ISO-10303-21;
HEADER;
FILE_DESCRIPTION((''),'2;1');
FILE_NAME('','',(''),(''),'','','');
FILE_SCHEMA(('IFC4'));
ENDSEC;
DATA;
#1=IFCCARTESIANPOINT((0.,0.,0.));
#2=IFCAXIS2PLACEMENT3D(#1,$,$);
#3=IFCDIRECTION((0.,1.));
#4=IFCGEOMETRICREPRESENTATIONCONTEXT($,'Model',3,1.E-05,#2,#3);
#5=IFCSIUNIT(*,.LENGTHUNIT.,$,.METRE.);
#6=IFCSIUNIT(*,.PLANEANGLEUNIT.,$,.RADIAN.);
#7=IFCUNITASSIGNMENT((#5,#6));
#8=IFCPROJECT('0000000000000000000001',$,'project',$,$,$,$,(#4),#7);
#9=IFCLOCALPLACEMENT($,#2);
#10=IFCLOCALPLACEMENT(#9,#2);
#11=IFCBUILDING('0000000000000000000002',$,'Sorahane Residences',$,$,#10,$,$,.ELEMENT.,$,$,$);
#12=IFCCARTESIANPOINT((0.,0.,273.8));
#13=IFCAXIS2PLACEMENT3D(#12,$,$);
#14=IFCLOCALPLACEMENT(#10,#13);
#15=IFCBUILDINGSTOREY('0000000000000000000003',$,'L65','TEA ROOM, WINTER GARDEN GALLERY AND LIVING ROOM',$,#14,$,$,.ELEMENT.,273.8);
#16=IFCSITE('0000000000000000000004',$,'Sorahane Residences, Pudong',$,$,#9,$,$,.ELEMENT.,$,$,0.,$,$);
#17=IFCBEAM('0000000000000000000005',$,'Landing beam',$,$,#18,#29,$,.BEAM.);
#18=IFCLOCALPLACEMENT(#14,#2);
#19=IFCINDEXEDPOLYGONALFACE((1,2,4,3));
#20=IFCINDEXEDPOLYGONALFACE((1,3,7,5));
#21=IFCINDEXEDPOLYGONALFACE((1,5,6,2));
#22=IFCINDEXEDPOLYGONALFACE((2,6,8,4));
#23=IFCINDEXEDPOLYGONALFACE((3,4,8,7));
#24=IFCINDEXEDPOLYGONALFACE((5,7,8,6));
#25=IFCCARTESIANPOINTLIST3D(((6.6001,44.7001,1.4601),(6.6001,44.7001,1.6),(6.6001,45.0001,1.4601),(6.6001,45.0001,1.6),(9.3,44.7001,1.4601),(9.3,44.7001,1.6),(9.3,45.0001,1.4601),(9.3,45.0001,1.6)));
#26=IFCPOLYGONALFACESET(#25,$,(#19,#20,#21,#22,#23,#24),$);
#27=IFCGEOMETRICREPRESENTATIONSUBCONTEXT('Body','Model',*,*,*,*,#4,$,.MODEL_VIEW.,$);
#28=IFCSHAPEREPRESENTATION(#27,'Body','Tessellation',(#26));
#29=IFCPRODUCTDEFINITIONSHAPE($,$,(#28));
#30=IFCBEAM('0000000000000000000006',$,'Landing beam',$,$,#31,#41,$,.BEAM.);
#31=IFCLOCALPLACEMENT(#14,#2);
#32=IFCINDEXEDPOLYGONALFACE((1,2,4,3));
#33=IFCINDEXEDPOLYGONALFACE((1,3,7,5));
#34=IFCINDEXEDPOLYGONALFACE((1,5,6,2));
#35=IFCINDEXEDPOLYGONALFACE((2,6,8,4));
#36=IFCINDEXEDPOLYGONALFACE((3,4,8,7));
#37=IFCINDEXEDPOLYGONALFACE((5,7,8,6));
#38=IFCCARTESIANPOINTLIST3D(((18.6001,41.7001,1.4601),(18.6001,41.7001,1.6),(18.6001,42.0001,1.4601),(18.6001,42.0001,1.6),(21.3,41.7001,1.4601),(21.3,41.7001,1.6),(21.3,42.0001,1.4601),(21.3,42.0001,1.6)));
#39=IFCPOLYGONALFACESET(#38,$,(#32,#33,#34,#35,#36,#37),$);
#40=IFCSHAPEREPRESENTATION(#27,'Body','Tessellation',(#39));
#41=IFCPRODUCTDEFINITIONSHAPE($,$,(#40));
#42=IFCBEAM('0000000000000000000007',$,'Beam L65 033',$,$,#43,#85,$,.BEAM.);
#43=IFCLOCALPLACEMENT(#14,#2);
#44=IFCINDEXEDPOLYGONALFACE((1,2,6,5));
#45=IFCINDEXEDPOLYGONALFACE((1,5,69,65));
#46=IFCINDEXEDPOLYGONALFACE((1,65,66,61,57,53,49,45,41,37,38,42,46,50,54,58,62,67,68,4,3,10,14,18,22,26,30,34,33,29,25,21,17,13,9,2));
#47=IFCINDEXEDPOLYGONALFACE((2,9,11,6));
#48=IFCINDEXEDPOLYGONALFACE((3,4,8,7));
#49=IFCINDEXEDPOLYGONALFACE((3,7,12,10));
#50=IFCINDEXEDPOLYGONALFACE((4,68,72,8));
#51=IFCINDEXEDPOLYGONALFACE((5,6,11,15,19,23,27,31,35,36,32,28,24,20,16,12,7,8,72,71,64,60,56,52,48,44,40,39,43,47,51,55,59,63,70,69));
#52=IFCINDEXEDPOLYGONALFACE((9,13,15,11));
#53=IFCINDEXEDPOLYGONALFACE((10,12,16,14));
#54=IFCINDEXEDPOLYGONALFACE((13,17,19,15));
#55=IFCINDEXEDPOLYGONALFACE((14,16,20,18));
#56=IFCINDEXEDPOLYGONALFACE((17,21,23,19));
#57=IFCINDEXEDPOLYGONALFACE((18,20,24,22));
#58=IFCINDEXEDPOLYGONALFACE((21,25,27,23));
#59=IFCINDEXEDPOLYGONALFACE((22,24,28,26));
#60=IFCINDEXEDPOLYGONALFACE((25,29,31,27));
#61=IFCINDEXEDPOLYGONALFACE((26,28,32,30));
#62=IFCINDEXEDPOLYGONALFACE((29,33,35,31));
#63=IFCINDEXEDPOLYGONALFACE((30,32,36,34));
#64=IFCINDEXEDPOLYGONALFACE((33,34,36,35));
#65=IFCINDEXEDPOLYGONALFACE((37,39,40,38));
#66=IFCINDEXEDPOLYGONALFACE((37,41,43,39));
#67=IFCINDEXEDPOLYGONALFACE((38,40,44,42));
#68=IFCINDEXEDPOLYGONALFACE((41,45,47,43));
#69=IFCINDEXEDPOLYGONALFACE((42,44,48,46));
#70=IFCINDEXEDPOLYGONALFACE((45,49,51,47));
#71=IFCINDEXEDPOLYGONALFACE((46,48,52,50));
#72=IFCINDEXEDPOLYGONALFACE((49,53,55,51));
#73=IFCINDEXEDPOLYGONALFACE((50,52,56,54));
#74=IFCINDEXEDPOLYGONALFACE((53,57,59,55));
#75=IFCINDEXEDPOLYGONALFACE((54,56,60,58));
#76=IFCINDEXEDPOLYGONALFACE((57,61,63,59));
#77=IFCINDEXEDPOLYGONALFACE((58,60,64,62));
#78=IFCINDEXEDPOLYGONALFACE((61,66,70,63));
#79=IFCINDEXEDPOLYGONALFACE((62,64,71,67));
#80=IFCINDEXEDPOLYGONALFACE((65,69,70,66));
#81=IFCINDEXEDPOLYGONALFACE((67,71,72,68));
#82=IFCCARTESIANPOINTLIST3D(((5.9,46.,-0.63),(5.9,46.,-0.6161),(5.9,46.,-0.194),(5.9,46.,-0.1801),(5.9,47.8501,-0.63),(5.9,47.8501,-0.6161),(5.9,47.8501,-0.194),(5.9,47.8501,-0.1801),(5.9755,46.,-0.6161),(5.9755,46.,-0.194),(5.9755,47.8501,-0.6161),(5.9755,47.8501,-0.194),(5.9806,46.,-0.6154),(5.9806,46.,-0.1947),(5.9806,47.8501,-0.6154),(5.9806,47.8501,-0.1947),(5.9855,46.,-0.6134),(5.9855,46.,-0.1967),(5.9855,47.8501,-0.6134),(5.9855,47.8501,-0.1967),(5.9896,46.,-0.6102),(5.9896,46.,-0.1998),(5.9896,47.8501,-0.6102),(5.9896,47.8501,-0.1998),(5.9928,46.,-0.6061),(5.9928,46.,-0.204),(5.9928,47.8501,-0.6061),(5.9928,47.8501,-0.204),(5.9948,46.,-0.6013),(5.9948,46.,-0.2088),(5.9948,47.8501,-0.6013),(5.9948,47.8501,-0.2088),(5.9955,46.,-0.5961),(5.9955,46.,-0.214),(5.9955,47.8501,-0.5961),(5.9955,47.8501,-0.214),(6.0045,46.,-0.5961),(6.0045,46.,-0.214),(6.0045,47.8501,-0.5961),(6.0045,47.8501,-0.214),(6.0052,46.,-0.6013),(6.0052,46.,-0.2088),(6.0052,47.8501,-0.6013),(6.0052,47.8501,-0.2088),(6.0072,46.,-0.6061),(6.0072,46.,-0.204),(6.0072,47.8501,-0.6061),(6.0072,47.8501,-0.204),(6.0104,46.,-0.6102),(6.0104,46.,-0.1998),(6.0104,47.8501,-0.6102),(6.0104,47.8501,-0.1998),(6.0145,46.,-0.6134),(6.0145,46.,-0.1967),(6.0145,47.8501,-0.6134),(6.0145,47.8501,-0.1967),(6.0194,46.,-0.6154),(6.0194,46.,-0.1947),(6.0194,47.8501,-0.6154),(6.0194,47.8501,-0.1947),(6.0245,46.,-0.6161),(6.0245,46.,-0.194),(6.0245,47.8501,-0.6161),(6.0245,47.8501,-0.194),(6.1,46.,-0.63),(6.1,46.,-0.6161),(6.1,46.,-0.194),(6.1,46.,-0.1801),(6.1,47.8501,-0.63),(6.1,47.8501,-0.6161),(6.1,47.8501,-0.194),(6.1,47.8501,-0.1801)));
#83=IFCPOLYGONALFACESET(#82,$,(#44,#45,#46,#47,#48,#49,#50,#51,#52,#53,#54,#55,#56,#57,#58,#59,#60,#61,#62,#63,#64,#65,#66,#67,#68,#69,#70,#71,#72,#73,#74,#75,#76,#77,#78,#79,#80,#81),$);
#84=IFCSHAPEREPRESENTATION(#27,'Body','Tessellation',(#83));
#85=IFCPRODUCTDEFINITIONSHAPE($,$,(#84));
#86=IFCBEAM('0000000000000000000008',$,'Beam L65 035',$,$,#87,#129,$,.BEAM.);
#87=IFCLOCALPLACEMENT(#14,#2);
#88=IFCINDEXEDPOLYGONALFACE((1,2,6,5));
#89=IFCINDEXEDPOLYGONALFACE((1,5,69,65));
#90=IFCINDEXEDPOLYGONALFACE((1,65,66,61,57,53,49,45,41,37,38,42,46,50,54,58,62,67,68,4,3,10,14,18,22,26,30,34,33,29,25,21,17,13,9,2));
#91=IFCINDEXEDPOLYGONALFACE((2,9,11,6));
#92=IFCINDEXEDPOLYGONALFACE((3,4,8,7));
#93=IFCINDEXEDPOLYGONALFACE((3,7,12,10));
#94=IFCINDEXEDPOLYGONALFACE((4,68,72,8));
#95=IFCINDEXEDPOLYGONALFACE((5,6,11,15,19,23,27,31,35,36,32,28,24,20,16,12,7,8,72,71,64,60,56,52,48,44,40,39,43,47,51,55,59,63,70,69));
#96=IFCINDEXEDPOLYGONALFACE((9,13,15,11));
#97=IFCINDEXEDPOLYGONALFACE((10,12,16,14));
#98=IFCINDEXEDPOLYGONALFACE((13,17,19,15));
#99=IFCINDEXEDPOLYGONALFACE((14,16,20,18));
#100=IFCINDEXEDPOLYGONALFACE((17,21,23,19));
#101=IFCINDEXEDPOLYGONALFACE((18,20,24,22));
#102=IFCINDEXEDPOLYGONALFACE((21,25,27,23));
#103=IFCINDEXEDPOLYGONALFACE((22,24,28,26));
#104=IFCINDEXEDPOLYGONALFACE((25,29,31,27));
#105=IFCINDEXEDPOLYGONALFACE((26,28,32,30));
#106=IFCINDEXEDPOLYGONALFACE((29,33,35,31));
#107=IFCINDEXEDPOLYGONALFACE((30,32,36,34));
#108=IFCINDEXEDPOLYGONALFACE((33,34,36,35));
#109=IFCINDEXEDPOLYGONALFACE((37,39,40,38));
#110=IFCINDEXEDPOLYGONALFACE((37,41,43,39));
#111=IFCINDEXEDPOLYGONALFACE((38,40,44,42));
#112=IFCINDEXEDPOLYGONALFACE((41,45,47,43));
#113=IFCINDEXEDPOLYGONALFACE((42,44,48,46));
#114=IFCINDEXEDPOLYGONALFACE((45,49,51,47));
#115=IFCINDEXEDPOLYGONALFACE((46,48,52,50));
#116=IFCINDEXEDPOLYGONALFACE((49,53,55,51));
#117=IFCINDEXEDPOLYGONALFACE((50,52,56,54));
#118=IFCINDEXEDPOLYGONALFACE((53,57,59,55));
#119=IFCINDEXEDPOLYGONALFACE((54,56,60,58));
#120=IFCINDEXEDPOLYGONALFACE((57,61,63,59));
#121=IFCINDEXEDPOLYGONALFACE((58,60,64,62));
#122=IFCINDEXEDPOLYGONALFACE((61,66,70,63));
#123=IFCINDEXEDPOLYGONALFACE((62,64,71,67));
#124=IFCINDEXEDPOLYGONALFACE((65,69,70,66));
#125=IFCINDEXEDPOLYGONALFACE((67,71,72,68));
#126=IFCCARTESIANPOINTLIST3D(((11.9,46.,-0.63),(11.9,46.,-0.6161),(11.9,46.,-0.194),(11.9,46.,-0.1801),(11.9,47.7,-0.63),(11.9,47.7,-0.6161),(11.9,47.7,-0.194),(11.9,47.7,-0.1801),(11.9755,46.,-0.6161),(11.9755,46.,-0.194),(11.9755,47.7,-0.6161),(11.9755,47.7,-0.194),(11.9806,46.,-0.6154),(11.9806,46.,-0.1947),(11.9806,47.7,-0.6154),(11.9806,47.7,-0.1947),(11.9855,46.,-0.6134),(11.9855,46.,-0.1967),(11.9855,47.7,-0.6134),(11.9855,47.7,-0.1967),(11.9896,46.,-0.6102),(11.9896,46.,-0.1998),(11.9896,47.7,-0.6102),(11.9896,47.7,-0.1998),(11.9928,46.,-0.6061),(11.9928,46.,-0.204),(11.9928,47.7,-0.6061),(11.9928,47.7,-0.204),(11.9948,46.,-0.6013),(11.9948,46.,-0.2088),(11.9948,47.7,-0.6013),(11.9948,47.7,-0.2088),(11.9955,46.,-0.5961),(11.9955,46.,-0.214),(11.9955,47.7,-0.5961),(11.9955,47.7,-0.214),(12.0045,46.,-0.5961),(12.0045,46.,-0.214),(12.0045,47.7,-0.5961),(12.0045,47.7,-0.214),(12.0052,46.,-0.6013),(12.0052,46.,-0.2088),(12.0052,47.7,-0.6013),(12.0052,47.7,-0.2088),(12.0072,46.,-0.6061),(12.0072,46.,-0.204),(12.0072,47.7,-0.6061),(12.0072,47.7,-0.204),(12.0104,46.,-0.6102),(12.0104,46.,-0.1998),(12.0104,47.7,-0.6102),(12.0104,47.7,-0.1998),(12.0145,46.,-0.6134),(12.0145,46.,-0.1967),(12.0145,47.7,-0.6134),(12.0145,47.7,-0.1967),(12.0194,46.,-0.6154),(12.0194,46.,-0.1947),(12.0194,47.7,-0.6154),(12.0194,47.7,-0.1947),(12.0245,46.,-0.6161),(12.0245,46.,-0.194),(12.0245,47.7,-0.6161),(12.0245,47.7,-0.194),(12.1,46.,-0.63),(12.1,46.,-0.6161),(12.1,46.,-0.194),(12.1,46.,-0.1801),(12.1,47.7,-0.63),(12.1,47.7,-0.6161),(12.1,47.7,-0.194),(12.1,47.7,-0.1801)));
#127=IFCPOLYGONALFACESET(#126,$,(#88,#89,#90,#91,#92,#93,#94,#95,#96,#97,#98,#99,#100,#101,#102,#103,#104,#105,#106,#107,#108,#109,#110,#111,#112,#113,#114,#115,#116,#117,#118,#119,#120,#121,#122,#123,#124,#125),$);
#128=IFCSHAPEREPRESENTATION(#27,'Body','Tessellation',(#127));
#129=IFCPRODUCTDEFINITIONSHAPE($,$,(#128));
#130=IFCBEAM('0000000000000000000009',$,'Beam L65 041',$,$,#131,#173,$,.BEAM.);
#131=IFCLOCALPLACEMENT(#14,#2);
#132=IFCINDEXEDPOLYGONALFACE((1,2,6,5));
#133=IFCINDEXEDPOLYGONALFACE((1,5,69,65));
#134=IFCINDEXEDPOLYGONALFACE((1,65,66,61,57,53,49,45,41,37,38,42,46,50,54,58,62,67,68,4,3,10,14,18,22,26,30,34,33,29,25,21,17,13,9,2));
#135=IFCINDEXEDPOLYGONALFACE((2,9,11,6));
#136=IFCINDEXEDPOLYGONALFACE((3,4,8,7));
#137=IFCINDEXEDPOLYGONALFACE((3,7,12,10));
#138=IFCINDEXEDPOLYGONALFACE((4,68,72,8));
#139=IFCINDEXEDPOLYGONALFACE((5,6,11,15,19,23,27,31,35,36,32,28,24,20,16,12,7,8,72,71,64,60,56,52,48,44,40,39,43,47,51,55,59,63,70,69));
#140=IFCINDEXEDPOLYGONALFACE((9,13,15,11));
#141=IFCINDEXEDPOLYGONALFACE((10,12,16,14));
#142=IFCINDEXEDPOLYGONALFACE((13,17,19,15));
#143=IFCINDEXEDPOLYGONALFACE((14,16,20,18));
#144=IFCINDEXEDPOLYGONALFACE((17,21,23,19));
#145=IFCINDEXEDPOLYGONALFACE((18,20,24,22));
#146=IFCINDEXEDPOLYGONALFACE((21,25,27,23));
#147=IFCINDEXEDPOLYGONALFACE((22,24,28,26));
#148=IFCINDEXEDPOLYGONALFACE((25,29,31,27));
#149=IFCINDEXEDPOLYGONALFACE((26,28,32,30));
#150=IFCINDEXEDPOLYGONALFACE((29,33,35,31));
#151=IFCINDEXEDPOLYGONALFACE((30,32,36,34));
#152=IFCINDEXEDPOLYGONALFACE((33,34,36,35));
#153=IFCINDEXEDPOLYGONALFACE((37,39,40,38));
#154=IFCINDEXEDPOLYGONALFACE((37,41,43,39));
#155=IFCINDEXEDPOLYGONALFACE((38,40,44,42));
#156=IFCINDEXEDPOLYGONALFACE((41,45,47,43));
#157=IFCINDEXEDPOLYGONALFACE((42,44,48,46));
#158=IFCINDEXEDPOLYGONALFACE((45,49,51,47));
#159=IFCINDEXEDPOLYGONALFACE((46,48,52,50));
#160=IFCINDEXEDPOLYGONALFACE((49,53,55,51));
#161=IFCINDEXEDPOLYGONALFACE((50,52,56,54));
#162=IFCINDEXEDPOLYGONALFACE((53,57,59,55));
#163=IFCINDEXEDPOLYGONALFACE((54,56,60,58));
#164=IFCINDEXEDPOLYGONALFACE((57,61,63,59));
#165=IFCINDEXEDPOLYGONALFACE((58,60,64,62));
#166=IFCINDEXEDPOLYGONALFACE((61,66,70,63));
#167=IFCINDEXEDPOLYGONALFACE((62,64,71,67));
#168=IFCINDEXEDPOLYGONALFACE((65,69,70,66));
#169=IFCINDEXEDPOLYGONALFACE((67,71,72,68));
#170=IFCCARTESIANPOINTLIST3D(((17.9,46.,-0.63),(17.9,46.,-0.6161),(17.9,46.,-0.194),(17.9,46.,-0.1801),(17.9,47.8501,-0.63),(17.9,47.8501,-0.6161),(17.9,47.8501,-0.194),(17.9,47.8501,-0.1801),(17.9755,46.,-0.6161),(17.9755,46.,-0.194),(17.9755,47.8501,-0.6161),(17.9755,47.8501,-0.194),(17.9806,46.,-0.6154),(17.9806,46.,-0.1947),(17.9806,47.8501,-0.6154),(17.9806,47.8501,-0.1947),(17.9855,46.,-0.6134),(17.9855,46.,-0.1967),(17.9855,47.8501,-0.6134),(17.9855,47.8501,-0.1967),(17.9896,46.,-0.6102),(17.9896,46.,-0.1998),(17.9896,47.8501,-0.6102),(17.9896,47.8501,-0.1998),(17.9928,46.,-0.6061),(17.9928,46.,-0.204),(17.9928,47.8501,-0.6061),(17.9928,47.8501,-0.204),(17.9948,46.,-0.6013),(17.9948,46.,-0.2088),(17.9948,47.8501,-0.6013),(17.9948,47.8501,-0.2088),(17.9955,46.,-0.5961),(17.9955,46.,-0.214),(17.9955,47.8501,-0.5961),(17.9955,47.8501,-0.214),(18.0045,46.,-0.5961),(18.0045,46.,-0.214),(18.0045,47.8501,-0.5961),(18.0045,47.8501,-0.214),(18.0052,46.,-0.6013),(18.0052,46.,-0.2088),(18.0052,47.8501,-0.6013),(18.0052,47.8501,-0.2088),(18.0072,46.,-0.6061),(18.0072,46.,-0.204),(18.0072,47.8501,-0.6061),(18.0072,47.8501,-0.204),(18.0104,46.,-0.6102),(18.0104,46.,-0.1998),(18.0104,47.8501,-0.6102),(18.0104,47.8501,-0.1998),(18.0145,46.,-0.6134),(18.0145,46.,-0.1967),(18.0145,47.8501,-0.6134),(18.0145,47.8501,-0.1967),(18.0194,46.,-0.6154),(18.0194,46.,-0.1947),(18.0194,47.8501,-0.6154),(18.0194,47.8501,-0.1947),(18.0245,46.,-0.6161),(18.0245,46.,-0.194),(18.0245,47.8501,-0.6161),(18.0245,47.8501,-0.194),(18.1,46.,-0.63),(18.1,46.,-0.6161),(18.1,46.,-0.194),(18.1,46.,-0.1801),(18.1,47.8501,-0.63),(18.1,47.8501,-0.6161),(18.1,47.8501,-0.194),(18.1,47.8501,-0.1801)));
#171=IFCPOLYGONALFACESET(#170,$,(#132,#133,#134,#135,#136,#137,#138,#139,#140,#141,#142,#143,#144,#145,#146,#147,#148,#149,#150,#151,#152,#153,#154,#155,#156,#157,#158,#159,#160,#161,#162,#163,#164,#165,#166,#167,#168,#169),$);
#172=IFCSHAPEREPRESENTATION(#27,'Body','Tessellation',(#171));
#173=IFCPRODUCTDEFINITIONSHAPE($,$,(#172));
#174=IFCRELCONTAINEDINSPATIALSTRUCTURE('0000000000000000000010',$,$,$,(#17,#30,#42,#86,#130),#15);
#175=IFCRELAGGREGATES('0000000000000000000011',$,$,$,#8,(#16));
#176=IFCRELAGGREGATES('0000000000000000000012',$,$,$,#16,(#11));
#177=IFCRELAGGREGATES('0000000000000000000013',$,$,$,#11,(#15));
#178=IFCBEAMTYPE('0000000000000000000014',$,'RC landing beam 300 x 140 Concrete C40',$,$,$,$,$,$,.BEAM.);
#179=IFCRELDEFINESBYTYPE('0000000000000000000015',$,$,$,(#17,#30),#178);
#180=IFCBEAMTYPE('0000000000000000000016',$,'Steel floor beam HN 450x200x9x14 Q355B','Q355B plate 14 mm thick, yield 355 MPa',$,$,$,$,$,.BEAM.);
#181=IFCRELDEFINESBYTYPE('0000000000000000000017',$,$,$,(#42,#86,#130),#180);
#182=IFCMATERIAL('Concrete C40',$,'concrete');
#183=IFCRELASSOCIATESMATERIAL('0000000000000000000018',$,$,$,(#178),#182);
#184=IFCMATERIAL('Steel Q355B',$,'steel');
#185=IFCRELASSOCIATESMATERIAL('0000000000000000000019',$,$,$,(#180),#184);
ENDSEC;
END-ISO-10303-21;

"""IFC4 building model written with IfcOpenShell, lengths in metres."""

from ifc_helpers import new_model, si_unit, direction, frame, origin, origin_2d, place, context, subcontext, project, spatial, rectangle, i_section, extrude, material, material_profile, profile_set, type_object, element, save


model = new_model("IFC4")

# Units and contexts
model_context = context("Model", 3, precision=1e-05, world=origin(), true_north=direction((0.0, 1.0)))
body_context = subcontext(model_context, "Body", "Model", "MODEL_VIEW")
ifc_project = project(units=[si_unit("LENGTHUNIT", "METRE"), si_unit("PLANEANGLEUNIT", "RADIAN")], contexts=[model_context])

# Site, building, storey
site_placement = place(None, origin())
site = spatial("IfcSite", under=ifc_project, at=site_placement, Name="Sorahane Residences, Pudong", CompositionType="ELEMENT", RefElevation=0.0)
building_placement = place(site_placement, origin())
building = spatial("IfcBuilding", under=site, at=building_placement, Name="Sorahane Residences", CompositionType="ELEMENT")
storey_placement = place(building_placement, frame((0.0, 0.0, 273.8)))
storey = spatial("IfcBuildingStorey", under=building, at=storey_placement, Name="L65", Description="TEA ROOM, WINTER GARDEN GALLERY AND LIVING ROOM", CompositionType="ELEMENT", Elevation=273.8)

# Beams
ifc_material_1 = material(Name="Concrete C40", Category="concrete")
ifc_material_profile_1 = material_profile(ifc_material_1, rectangle(XDim=0.3, YDim=0.1399, at=origin_2d()), Name="300x140")
ifc_profile_set_1 = profile_set([ifc_material_profile_1], Name="Concrete C40")
beam_type_1 = type_object("IfcBeamType", Name="RC landing beam 300 x 140 Concrete C40", PredefinedType="BEAM", material=ifc_profile_set_1)
for number, where, z_axis, x_axis, name in (
    (1, (6.6001, 44.8501, 1.53), (1.0, 0.0, 0.0), (0.0, 1.0, 0.0), "Landing beam"),
    (2, (18.6001, 41.8501, 1.53), (1.0, 0.0, 0.0), (0.0, 1.0, 0.0), "Landing beam"),
):
    element("IfcBeam", number, at=place(storey_placement, frame(where, z_axis=z_axis, x_axis=x_axis)), inside=storey, type_object=beam_type_1, Name=name, PredefinedType="BEAM", context=body_context, shape_type="SweptSolid", body=[
        extrude(rectangle(XDim=0.3, YDim=0.1399, at=origin_2d()), origin(), (0.0, 0.0, 1.0), 2.7),
    ])
ifc_material_2 = material(Name="Steel Q355B", Category="steel")
ifc_material_profile_2 = material_profile(ifc_material_2, i_section(OverallWidth=0.2, OverallDepth=0.45, WebThickness=0.009, FlangeThickness=0.0139, FilletRadius=0.02, at=origin_2d()), Name="HN 450x200x9x14")
ifc_profile_set_2 = profile_set([ifc_material_profile_2], Name="Steel Q355B")
beam_type_2 = type_object("IfcBeamType", Name="Steel floor beam HN 450x200x9x14 Q355B", Description="Q355B plate 14 mm thick, yield 355 MPa", PredefinedType="BEAM", material=ifc_profile_set_2)
beam_1_placement = place(storey_placement, frame((6.0, 46.0, -0.405), z_axis=(0.0, 1.0, 0.0), x_axis=(-1.0, 0.0, 0.0)))
element("IfcBeam", 3, at=beam_1_placement, inside=storey, type_object=beam_type_2, Name="Beam L65 033", PredefinedType="BEAM", context=body_context, shape_type="SweptSolid", body=[
    extrude(i_section(OverallWidth=0.2, OverallDepth=0.45, WebThickness=0.009, FlangeThickness=0.0139, FilletRadius=0.02, at=origin_2d()), origin(), (0.0, 0.0, 1.0), 1.8501),
])
beam_2_placement = place(storey_placement, frame((12.0, 46.0, -0.405), z_axis=(0.0, 1.0, 0.0), x_axis=(-1.0, 0.0, 0.0)))
element("IfcBeam", 4, at=beam_2_placement, inside=storey, type_object=beam_type_2, Name="Beam L65 035", PredefinedType="BEAM", context=body_context, shape_type="SweptSolid", body=[
    extrude(i_section(OverallWidth=0.2, OverallDepth=0.45, WebThickness=0.009, FlangeThickness=0.0139, FilletRadius=0.02, at=origin_2d()), origin(), (0.0, 0.0, 1.0), 1.7),
])
beam_3_placement = place(storey_placement, frame((18.0, 46.0, -0.405), z_axis=(0.0, 1.0, 0.0), x_axis=(-1.0, 0.0, 0.0)))
element("IfcBeam", 5, at=beam_3_placement, inside=storey, type_object=beam_type_2, Name="Beam L65 041", PredefinedType="BEAM", context=body_context, shape_type="SweptSolid", body=[
    extrude(i_section(OverallWidth=0.2, OverallDepth=0.45, WebThickness=0.009, FlangeThickness=0.0139, FilletRadius=0.02, at=origin_2d()), origin(), (0.0, 0.0, 1.0), 1.8501),
])

save(model, "model.ifc")
